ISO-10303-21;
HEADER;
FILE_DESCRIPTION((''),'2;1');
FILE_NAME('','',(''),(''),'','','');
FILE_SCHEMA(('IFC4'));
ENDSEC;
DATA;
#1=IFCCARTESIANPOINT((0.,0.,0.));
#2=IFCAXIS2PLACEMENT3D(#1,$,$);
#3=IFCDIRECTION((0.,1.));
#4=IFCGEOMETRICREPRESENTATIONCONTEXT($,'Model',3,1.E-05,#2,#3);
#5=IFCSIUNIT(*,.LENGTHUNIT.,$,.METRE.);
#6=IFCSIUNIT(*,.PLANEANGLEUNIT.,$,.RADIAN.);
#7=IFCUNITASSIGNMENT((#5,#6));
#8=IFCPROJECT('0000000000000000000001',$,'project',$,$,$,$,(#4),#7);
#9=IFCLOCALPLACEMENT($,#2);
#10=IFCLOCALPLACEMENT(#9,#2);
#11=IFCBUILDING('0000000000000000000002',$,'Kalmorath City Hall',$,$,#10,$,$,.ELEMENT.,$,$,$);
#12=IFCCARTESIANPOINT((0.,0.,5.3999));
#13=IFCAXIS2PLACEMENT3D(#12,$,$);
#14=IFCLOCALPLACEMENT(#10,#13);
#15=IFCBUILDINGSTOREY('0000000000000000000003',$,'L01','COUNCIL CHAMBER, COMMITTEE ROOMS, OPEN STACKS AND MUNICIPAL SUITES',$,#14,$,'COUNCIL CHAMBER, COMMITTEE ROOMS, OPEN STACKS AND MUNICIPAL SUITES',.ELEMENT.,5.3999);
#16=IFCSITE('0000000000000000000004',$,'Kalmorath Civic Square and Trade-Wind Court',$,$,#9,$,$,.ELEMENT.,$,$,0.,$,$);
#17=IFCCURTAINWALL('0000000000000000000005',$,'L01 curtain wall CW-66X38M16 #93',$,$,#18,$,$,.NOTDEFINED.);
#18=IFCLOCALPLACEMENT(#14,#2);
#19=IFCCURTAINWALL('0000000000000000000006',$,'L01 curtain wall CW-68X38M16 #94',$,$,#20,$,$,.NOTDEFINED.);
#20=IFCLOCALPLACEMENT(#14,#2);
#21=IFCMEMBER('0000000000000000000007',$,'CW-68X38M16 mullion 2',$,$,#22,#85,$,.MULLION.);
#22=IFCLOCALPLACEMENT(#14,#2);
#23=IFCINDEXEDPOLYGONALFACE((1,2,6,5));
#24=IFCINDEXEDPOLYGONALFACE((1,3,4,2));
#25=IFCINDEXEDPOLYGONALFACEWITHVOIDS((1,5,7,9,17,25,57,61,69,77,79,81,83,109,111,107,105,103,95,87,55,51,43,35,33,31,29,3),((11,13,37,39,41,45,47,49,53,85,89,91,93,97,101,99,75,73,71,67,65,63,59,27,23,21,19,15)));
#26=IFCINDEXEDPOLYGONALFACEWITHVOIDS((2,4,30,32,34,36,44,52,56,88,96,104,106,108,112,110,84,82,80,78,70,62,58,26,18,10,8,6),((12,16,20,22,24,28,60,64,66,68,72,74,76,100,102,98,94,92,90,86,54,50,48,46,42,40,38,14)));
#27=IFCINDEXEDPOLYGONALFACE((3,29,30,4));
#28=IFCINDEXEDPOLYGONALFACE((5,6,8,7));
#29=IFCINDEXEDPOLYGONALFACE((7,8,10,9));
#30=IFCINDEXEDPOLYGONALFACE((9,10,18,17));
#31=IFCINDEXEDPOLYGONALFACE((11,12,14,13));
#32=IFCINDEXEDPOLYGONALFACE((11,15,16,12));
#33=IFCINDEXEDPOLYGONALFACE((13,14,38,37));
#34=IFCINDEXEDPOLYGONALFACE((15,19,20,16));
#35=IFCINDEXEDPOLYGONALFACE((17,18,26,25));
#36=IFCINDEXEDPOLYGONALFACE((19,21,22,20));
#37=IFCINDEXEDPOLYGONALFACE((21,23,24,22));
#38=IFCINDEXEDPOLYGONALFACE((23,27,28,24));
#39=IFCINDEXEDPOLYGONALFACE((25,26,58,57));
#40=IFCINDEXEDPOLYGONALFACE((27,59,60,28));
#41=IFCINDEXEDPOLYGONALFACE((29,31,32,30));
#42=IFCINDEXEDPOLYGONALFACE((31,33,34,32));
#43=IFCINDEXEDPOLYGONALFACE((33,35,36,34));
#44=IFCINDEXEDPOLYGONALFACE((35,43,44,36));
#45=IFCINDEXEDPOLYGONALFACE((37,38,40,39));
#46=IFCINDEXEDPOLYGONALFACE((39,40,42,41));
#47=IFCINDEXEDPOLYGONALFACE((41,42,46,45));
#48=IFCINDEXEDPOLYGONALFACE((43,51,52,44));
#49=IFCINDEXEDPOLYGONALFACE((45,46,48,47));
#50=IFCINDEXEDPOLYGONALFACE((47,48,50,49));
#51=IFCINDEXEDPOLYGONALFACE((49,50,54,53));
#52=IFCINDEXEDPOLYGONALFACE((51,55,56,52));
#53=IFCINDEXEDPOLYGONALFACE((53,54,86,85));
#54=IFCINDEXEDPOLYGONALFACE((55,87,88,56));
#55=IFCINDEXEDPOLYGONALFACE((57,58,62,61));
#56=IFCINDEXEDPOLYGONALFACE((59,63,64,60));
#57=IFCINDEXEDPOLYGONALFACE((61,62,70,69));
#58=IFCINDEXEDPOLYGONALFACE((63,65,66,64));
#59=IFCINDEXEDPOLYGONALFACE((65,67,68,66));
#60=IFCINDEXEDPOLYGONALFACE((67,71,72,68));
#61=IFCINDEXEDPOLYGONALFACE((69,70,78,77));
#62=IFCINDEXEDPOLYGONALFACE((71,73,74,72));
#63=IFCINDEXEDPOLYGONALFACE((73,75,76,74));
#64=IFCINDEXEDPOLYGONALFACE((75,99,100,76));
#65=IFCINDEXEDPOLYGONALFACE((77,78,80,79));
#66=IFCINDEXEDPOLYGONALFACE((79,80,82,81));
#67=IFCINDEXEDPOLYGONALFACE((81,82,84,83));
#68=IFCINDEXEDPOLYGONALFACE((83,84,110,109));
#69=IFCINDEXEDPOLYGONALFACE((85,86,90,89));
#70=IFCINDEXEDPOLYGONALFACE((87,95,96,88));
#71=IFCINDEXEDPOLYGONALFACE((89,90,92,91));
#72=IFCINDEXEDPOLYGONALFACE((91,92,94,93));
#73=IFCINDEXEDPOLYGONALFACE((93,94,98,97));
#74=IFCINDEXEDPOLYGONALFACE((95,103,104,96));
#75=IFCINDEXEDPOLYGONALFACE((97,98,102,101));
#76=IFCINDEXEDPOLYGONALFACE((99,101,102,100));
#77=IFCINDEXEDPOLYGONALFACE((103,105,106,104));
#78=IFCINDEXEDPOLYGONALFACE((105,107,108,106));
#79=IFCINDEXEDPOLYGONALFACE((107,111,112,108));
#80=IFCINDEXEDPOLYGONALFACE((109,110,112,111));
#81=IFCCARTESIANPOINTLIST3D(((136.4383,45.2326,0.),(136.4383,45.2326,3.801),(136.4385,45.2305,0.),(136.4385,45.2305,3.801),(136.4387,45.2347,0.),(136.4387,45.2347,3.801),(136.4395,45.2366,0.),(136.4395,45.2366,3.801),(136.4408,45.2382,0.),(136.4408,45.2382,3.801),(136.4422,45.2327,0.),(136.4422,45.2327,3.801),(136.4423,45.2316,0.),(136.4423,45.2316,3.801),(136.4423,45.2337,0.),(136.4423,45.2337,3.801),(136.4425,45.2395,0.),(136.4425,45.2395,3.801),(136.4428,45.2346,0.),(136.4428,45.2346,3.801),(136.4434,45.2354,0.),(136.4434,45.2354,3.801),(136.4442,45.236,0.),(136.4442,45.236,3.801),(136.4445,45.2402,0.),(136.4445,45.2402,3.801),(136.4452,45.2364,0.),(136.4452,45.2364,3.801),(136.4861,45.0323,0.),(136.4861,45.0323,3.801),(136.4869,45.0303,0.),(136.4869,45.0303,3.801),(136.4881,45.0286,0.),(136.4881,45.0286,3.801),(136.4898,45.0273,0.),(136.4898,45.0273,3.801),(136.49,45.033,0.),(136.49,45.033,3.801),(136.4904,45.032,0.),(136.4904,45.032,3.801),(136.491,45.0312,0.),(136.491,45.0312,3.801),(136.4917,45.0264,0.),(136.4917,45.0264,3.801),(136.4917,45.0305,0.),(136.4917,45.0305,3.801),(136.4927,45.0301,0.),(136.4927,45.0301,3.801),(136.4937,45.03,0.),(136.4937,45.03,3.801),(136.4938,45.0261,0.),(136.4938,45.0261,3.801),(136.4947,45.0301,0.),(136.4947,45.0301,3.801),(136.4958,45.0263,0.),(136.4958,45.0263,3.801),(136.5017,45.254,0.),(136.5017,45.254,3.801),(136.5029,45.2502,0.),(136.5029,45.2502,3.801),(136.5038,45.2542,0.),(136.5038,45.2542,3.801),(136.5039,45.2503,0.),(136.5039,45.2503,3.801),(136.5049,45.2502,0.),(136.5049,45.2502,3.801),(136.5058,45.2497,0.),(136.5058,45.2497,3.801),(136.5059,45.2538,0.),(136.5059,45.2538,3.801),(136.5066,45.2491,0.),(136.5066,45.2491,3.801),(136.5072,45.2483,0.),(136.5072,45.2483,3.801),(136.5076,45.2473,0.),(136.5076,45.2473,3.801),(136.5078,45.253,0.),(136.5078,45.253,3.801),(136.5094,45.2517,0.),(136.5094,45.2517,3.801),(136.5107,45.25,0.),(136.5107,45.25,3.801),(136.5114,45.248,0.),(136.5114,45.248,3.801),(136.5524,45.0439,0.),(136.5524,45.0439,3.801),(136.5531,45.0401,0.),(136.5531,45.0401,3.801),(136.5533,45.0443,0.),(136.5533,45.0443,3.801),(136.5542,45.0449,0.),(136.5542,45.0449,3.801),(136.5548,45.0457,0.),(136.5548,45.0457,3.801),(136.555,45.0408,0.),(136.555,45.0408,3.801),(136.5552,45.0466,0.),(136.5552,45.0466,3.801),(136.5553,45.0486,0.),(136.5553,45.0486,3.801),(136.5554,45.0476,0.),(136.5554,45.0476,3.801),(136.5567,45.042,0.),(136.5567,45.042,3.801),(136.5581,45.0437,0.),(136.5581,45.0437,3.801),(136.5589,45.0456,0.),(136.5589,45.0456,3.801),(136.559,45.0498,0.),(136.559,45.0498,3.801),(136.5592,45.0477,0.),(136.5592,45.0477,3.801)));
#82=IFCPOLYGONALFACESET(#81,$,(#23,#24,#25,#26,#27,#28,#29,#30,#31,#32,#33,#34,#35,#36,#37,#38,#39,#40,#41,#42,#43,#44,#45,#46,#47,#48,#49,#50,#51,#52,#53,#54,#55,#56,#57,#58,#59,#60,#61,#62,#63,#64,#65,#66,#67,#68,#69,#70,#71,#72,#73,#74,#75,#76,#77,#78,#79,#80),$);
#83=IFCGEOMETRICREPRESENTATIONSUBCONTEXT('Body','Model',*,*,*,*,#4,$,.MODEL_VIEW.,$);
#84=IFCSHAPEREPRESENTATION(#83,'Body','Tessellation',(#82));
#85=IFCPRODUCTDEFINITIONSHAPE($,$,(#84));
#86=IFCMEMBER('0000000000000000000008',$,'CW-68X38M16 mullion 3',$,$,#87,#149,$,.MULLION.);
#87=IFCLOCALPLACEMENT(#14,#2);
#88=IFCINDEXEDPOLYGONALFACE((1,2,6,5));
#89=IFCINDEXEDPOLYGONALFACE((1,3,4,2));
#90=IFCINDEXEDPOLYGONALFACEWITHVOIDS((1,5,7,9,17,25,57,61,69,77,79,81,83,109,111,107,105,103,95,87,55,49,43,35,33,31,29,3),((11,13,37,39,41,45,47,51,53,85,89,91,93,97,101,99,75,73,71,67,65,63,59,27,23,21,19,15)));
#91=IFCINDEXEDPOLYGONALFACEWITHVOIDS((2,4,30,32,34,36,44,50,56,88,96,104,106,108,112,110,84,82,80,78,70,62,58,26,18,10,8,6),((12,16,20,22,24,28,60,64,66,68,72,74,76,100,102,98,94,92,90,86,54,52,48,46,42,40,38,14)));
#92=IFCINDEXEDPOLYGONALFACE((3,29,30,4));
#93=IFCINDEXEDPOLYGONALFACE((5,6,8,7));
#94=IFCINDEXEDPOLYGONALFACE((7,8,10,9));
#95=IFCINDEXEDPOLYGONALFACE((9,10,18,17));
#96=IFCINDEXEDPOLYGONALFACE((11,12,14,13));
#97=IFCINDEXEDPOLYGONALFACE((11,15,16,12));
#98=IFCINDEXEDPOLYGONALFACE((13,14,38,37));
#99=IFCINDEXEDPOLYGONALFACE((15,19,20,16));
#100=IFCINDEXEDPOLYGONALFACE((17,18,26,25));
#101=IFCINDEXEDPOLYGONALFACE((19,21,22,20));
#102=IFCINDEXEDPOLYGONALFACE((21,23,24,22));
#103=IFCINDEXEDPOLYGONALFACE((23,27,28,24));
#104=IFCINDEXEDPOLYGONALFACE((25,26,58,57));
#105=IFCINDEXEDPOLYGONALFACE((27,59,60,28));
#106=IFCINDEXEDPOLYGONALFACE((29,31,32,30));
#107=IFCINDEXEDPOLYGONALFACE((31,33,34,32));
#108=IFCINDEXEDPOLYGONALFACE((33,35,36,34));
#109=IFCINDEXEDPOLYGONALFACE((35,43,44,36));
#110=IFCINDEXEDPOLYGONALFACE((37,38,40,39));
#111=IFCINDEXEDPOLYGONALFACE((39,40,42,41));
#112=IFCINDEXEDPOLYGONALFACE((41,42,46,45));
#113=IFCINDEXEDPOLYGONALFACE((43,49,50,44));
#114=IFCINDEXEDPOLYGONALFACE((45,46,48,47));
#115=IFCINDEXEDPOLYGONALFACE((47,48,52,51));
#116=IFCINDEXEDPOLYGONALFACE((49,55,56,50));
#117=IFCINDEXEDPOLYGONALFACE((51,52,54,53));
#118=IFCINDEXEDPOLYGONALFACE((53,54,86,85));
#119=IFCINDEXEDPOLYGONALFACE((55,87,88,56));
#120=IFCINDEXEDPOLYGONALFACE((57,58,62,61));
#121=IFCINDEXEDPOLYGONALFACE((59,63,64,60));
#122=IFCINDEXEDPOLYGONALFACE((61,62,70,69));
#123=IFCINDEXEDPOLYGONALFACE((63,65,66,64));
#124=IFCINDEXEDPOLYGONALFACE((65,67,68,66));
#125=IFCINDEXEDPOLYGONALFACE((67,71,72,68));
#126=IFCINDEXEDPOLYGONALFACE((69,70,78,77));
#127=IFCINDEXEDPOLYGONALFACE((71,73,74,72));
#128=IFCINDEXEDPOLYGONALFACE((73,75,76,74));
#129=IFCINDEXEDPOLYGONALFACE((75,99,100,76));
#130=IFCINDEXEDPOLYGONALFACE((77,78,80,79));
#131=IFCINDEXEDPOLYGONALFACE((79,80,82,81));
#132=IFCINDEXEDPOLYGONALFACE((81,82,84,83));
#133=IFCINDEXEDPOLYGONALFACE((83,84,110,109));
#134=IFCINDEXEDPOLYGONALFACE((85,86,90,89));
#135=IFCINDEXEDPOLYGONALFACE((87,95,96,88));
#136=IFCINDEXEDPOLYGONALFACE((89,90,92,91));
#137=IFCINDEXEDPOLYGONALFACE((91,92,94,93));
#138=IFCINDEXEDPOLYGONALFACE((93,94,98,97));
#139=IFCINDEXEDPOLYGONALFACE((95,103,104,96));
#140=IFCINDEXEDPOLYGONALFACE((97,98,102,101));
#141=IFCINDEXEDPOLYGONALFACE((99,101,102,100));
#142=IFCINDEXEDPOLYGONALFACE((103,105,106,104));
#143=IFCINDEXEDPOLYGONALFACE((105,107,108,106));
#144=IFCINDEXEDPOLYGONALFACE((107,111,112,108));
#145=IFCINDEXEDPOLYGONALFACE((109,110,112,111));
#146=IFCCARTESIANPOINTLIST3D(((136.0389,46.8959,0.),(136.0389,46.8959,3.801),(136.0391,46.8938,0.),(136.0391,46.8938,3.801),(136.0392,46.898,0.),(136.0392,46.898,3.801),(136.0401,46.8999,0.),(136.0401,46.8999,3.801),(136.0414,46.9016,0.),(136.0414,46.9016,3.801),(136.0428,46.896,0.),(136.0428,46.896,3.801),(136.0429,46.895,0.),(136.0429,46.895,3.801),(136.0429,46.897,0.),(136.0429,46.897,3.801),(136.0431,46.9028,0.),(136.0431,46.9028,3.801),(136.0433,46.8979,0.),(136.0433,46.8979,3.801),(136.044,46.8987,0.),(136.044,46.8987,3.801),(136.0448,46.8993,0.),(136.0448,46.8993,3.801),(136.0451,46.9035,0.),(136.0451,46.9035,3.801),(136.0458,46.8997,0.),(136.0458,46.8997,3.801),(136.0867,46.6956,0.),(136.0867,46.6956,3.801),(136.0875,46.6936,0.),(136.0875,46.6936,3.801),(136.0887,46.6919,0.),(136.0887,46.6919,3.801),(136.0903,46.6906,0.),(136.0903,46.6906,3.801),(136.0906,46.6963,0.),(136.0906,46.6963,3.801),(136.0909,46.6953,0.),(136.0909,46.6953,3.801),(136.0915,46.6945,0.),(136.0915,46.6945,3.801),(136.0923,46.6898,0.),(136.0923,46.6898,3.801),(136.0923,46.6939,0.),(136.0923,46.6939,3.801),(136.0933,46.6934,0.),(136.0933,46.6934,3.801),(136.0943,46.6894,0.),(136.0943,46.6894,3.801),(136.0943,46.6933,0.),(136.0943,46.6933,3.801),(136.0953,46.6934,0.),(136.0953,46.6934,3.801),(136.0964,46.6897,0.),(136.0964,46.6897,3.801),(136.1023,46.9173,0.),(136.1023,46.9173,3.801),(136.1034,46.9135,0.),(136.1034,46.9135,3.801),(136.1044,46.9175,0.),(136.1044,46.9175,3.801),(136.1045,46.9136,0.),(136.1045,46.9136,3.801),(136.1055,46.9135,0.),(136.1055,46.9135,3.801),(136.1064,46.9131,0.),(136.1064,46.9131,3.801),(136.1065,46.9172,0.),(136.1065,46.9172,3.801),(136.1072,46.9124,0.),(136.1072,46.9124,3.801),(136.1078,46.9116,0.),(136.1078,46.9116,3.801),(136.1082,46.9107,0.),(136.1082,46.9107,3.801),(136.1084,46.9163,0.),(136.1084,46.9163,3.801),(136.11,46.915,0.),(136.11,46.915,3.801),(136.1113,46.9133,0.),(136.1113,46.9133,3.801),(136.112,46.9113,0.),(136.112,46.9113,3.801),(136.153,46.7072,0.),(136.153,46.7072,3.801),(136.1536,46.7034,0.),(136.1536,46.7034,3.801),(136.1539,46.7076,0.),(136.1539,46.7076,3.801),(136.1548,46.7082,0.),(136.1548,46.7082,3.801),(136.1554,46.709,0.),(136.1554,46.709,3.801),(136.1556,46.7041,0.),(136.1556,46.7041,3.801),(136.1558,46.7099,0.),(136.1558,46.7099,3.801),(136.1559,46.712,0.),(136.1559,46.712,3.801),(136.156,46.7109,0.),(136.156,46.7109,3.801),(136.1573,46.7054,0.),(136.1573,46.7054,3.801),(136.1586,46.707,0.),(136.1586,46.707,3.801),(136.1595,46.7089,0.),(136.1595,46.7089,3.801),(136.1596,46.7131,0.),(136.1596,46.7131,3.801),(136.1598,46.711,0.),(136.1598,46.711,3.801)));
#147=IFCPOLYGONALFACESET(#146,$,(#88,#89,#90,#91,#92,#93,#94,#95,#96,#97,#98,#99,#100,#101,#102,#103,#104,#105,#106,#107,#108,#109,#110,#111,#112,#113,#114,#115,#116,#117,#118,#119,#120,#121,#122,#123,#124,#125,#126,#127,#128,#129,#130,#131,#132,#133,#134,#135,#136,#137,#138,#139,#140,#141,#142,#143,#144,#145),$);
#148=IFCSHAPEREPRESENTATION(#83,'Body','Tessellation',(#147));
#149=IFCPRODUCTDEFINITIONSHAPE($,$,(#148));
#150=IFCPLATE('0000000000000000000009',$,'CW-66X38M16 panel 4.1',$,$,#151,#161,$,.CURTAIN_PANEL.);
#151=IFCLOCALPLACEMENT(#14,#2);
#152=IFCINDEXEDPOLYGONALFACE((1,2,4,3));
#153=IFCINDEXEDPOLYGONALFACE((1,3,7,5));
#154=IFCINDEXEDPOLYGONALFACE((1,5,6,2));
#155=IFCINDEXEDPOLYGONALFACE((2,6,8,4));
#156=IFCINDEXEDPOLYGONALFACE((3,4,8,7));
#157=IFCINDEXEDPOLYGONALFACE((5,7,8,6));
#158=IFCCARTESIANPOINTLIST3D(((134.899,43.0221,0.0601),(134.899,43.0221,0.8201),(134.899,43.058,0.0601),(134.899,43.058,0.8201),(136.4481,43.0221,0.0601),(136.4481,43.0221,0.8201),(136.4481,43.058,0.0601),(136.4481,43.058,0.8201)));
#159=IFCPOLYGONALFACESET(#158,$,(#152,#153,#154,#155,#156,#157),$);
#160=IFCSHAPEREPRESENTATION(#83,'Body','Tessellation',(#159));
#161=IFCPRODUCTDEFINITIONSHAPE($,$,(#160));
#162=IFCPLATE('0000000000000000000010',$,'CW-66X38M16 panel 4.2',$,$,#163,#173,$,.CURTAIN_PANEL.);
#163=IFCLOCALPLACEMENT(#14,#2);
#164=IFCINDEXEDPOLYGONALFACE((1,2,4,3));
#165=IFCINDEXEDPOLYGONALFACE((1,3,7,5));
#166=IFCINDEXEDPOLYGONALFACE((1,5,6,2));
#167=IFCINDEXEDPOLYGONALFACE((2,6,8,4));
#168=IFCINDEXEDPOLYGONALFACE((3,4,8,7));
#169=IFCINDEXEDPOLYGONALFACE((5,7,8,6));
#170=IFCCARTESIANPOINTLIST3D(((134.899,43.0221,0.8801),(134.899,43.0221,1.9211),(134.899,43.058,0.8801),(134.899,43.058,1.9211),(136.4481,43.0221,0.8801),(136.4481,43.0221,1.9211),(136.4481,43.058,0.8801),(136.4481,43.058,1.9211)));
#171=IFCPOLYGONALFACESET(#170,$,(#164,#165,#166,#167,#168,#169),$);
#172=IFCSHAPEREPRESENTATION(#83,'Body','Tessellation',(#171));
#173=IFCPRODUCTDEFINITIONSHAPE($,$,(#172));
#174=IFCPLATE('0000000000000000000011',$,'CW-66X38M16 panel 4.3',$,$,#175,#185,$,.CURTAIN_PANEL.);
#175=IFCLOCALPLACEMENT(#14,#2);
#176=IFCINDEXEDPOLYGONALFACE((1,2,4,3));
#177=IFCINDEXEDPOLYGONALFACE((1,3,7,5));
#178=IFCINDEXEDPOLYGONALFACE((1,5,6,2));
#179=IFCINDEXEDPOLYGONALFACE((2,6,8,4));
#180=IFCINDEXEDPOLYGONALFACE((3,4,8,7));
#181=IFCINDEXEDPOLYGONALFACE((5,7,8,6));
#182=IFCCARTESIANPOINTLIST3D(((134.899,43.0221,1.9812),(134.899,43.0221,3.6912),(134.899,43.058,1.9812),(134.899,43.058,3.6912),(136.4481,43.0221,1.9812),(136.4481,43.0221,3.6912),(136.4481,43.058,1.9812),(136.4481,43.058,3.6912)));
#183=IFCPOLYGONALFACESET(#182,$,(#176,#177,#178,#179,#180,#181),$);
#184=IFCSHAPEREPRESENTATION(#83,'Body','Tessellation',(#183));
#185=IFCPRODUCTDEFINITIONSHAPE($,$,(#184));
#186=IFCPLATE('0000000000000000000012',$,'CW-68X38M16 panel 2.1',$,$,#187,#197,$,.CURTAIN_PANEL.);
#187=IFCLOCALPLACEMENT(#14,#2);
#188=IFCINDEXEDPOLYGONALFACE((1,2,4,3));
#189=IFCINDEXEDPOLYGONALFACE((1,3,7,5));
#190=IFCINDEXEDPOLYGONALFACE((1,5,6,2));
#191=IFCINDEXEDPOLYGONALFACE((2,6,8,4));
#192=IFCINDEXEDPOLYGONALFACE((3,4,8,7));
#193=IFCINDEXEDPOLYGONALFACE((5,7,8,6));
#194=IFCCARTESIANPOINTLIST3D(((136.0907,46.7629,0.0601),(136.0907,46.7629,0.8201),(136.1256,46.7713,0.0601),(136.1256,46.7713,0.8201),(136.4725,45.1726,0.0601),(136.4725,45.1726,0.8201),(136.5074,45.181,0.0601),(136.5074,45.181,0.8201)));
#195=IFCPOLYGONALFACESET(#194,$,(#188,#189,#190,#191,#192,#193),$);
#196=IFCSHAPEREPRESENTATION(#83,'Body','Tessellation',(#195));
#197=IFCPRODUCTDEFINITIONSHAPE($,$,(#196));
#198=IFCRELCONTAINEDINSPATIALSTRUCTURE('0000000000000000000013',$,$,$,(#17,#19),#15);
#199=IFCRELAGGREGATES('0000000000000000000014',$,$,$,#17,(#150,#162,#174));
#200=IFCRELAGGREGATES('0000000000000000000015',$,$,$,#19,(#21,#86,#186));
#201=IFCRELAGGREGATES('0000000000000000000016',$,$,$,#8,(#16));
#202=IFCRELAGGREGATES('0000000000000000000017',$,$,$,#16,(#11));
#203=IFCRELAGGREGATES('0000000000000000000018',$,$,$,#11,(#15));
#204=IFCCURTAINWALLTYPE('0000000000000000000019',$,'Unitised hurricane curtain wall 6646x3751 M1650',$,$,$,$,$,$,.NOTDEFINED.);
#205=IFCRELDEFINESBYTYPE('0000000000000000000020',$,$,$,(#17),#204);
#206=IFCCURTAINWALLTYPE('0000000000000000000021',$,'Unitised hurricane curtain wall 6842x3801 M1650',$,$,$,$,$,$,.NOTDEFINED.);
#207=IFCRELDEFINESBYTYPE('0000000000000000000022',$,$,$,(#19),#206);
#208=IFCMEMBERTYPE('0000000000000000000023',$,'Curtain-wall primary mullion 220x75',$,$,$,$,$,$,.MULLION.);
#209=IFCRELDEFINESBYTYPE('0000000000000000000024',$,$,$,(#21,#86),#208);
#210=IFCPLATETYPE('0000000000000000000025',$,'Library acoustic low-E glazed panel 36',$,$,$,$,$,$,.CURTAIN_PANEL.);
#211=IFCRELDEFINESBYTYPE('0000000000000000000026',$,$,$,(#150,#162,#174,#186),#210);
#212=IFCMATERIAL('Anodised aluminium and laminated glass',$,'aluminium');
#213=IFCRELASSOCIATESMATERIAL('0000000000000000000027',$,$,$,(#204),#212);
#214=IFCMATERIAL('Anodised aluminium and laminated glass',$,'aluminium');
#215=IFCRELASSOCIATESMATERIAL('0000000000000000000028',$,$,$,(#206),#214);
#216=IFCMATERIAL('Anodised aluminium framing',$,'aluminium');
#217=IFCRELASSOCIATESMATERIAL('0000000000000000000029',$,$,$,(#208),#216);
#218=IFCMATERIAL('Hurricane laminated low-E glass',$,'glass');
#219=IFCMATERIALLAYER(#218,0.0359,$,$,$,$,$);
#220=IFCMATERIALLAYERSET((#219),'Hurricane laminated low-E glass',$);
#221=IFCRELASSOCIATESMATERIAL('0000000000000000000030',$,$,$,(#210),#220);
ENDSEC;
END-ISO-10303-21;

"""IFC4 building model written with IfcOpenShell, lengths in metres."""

from ifc_helpers import new_model, si_unit, direction, frame, origin, origin_2d, place, context, subcontext, project, spatial, rectangle, hollow_rectangle, extrude, material, layer, layer_set, material_profile, profile_set, type_object, element, aggregate, save


model = new_model("IFC4")

# Units and contexts
model_context = context("Model", 3, precision=1e-05, world=origin(), true_north=direction((0.0, 1.0)))
body_context = subcontext(model_context, "Body", "Model", "MODEL_VIEW")
ifc_project = project(units=[si_unit("LENGTHUNIT", "METRE"), si_unit("PLANEANGLEUNIT", "RADIAN")], contexts=[model_context])

# Site, building, storey
site_placement = place(None, origin())
site = spatial("IfcSite", under=ifc_project, at=site_placement, Name="Kalmorath Civic Square and Trade-Wind Court", CompositionType="ELEMENT", RefElevation=0.0)
building_placement = place(site_placement, origin())
building = spatial("IfcBuilding", under=site, at=building_placement, Name="Kalmorath City Hall", CompositionType="ELEMENT")
storey_placement = place(building_placement, frame((0.0, 0.0, 5.3999)))
storey = spatial("IfcBuildingStorey", under=building, at=storey_placement, Name="L01", Description="COUNCIL CHAMBER, COMMITTEE ROOMS, OPEN STACKS AND MUNICIPAL SUITES", LongName="COUNCIL CHAMBER, COMMITTEE ROOMS, OPEN STACKS AND MUNICIPAL SUITES", CompositionType="ELEMENT", Elevation=5.3999)

# Curtain walls
ifc_material_1 = material(Name="Anodised aluminium and laminated glass", Category="aluminium")
curtain_wall_type_1 = type_object("IfcCurtainWallType", Name="Unitised hurricane curtain wall 6646x3751 M1650", PredefinedType="NOTDEFINED", material=ifc_material_1)
curtain_wall_1_placement = place(storey_placement, origin())
curtain_wall_1 = element("IfcCurtainWall", 1, at=curtain_wall_1_placement, inside=storey, type_object=curtain_wall_type_1, Name="L01 curtain wall CW-66X38M16 #93", PredefinedType="NOTDEFINED")
ifc_material_2 = material(Name="Anodised aluminium and laminated glass", Category="aluminium")
curtain_wall_type_2 = type_object("IfcCurtainWallType", Name="Unitised hurricane curtain wall 6842x3801 M1650", PredefinedType="NOTDEFINED", material=ifc_material_2)
curtain_wall_2_placement = place(storey_placement, origin())
curtain_wall_2 = element("IfcCurtainWall", 2, at=curtain_wall_2_placement, inside=storey, type_object=curtain_wall_type_2, Name="L01 curtain wall CW-68X38M16 #94", PredefinedType="NOTDEFINED")

# Members
ifc_material_3 = material(Name="Anodised aluminium framing", Category="aluminium")
ifc_material_profile_1 = material_profile(ifc_material_3, hollow_rectangle(XDim=0.075, YDim=0.22, WallThickness=0.0039, InnerFilletRadius=0.0039, OuterFilletRadius=0.0081, at=origin_2d()), Name="ALU-MUL-220X75X4")
ifc_profile_set_1 = profile_set([ifc_material_profile_1], Name="Anodised aluminium framing")
member_type_1 = type_object("IfcMemberType", Name="Curtain-wall primary mullion 220x75", PredefinedType="MULLION", material=ifc_profile_set_1)
member_1_placement = place(storey_placement, frame((136.4988, 45.1401, 0.0), z_axis=(0.0, 0.0, 1.0), x_axis=(-0.972368, -0.233453, 0.0)))
member_1 = element("IfcMember", 3, at=member_1_placement, type_object=member_type_1, Name="CW-68X38M16 mullion 2", PredefinedType="MULLION", context=body_context, shape_type="SweptSolid", body=[
    extrude(hollow_rectangle(XDim=0.075, YDim=0.22, WallThickness=0.0039, InnerFilletRadius=0.0039, OuterFilletRadius=0.0081, at=origin_2d()), origin(), (0.0, 0.0, 1.0), 3.801),
])
member_2_placement = place(storey_placement, frame((136.0994, 46.8035, 0.0), z_axis=(0.0, 0.0, 1.0), x_axis=(-0.972368, -0.233453, 0.0)))
member_2 = element("IfcMember", 4, at=member_2_placement, type_object=member_type_1, Name="CW-68X38M16 mullion 3", PredefinedType="MULLION", context=body_context, shape_type="SweptSolid", body=[
    extrude(hollow_rectangle(XDim=0.075, YDim=0.22, WallThickness=0.0039, InnerFilletRadius=0.0039, OuterFilletRadius=0.0081, at=origin_2d()), origin(), (0.0, 0.0, 1.0), 3.801),
])

# Plates
ifc_material_4 = material(Name="Hurricane laminated low-E glass", Category="glass")
ifc_layer_1 = layer(ifc_material_4, 0.0359)
ifc_layer_set_1 = layer_set([ifc_layer_1], Name="Hurricane laminated low-E glass")
plate_type = type_object("IfcPlateType", Name="Library acoustic low-E glazed panel 36", PredefinedType="CURTAIN_PANEL", material=ifc_layer_set_1)
plate_1_placement = place(storey_placement, frame((135.6736, 43.04, 0.0601), z_axis=(0.0, 0.0, 1.0), x_axis=(1.0, 0.0, 0.0)))
plate_1 = element("IfcPlate", 5, at=plate_1_placement, type_object=plate_type, Name="CW-66X38M16 panel 4.1", PredefinedType="CURTAIN_PANEL", context=body_context, shape_type="SweptSolid", body=[
    extrude(rectangle(XDim=1.5491, YDim=0.0359, at=origin_2d()), origin(), (0.0, 0.0, 1.0), 0.76),
])
plate_2_placement = place(storey_placement, frame((135.6736, 43.04, 0.8801), z_axis=(0.0, 0.0, 1.0), x_axis=(1.0, 0.0, 0.0)))
plate_2 = element("IfcPlate", 6, at=plate_2_placement, type_object=plate_type, Name="CW-66X38M16 panel 4.2", PredefinedType="CURTAIN_PANEL", context=body_context, shape_type="SweptSolid", body=[
    extrude(rectangle(XDim=1.5491, YDim=0.0359, at=origin_2d()), origin(), (0.0, 0.0, 1.0), 1.041),
])
plate_3_placement = place(storey_placement, frame((135.6736, 43.04, 1.9812), z_axis=(0.0, 0.0, 1.0), x_axis=(1.0, 0.0, 0.0)))
plate_3 = element("IfcPlate", 7, at=plate_3_placement, type_object=plate_type, Name="CW-66X38M16 panel 4.3", PredefinedType="CURTAIN_PANEL", context=body_context, shape_type="SweptSolid", body=[
    extrude(rectangle(XDim=1.5491, YDim=0.0359, at=origin_2d()), origin(), (0.0, 0.0, 1.0), 1.71),
])
aggregate(curtain_wall_1, [plate_1, plate_2, plate_3])
plate_4_placement = place(storey_placement, frame((136.2991, 45.9719, 0.0601), z_axis=(0.0, 0.0, 1.0), x_axis=(-0.233453, 0.972368, 0.0)))
plate_4 = element("IfcPlate", 8, at=plate_4_placement, type_object=plate_type, Name="CW-68X38M16 panel 2.1", PredefinedType="CURTAIN_PANEL", context=body_context, shape_type="SweptSolid", body=[
    extrude(rectangle(XDim=1.6355, YDim=0.0359, at=origin_2d()), origin(), (0.0, 0.0, 1.0), 0.76),
])
aggregate(curtain_wall_2, [member_1, member_2, plate_4])

save(model, "model.ifc")
